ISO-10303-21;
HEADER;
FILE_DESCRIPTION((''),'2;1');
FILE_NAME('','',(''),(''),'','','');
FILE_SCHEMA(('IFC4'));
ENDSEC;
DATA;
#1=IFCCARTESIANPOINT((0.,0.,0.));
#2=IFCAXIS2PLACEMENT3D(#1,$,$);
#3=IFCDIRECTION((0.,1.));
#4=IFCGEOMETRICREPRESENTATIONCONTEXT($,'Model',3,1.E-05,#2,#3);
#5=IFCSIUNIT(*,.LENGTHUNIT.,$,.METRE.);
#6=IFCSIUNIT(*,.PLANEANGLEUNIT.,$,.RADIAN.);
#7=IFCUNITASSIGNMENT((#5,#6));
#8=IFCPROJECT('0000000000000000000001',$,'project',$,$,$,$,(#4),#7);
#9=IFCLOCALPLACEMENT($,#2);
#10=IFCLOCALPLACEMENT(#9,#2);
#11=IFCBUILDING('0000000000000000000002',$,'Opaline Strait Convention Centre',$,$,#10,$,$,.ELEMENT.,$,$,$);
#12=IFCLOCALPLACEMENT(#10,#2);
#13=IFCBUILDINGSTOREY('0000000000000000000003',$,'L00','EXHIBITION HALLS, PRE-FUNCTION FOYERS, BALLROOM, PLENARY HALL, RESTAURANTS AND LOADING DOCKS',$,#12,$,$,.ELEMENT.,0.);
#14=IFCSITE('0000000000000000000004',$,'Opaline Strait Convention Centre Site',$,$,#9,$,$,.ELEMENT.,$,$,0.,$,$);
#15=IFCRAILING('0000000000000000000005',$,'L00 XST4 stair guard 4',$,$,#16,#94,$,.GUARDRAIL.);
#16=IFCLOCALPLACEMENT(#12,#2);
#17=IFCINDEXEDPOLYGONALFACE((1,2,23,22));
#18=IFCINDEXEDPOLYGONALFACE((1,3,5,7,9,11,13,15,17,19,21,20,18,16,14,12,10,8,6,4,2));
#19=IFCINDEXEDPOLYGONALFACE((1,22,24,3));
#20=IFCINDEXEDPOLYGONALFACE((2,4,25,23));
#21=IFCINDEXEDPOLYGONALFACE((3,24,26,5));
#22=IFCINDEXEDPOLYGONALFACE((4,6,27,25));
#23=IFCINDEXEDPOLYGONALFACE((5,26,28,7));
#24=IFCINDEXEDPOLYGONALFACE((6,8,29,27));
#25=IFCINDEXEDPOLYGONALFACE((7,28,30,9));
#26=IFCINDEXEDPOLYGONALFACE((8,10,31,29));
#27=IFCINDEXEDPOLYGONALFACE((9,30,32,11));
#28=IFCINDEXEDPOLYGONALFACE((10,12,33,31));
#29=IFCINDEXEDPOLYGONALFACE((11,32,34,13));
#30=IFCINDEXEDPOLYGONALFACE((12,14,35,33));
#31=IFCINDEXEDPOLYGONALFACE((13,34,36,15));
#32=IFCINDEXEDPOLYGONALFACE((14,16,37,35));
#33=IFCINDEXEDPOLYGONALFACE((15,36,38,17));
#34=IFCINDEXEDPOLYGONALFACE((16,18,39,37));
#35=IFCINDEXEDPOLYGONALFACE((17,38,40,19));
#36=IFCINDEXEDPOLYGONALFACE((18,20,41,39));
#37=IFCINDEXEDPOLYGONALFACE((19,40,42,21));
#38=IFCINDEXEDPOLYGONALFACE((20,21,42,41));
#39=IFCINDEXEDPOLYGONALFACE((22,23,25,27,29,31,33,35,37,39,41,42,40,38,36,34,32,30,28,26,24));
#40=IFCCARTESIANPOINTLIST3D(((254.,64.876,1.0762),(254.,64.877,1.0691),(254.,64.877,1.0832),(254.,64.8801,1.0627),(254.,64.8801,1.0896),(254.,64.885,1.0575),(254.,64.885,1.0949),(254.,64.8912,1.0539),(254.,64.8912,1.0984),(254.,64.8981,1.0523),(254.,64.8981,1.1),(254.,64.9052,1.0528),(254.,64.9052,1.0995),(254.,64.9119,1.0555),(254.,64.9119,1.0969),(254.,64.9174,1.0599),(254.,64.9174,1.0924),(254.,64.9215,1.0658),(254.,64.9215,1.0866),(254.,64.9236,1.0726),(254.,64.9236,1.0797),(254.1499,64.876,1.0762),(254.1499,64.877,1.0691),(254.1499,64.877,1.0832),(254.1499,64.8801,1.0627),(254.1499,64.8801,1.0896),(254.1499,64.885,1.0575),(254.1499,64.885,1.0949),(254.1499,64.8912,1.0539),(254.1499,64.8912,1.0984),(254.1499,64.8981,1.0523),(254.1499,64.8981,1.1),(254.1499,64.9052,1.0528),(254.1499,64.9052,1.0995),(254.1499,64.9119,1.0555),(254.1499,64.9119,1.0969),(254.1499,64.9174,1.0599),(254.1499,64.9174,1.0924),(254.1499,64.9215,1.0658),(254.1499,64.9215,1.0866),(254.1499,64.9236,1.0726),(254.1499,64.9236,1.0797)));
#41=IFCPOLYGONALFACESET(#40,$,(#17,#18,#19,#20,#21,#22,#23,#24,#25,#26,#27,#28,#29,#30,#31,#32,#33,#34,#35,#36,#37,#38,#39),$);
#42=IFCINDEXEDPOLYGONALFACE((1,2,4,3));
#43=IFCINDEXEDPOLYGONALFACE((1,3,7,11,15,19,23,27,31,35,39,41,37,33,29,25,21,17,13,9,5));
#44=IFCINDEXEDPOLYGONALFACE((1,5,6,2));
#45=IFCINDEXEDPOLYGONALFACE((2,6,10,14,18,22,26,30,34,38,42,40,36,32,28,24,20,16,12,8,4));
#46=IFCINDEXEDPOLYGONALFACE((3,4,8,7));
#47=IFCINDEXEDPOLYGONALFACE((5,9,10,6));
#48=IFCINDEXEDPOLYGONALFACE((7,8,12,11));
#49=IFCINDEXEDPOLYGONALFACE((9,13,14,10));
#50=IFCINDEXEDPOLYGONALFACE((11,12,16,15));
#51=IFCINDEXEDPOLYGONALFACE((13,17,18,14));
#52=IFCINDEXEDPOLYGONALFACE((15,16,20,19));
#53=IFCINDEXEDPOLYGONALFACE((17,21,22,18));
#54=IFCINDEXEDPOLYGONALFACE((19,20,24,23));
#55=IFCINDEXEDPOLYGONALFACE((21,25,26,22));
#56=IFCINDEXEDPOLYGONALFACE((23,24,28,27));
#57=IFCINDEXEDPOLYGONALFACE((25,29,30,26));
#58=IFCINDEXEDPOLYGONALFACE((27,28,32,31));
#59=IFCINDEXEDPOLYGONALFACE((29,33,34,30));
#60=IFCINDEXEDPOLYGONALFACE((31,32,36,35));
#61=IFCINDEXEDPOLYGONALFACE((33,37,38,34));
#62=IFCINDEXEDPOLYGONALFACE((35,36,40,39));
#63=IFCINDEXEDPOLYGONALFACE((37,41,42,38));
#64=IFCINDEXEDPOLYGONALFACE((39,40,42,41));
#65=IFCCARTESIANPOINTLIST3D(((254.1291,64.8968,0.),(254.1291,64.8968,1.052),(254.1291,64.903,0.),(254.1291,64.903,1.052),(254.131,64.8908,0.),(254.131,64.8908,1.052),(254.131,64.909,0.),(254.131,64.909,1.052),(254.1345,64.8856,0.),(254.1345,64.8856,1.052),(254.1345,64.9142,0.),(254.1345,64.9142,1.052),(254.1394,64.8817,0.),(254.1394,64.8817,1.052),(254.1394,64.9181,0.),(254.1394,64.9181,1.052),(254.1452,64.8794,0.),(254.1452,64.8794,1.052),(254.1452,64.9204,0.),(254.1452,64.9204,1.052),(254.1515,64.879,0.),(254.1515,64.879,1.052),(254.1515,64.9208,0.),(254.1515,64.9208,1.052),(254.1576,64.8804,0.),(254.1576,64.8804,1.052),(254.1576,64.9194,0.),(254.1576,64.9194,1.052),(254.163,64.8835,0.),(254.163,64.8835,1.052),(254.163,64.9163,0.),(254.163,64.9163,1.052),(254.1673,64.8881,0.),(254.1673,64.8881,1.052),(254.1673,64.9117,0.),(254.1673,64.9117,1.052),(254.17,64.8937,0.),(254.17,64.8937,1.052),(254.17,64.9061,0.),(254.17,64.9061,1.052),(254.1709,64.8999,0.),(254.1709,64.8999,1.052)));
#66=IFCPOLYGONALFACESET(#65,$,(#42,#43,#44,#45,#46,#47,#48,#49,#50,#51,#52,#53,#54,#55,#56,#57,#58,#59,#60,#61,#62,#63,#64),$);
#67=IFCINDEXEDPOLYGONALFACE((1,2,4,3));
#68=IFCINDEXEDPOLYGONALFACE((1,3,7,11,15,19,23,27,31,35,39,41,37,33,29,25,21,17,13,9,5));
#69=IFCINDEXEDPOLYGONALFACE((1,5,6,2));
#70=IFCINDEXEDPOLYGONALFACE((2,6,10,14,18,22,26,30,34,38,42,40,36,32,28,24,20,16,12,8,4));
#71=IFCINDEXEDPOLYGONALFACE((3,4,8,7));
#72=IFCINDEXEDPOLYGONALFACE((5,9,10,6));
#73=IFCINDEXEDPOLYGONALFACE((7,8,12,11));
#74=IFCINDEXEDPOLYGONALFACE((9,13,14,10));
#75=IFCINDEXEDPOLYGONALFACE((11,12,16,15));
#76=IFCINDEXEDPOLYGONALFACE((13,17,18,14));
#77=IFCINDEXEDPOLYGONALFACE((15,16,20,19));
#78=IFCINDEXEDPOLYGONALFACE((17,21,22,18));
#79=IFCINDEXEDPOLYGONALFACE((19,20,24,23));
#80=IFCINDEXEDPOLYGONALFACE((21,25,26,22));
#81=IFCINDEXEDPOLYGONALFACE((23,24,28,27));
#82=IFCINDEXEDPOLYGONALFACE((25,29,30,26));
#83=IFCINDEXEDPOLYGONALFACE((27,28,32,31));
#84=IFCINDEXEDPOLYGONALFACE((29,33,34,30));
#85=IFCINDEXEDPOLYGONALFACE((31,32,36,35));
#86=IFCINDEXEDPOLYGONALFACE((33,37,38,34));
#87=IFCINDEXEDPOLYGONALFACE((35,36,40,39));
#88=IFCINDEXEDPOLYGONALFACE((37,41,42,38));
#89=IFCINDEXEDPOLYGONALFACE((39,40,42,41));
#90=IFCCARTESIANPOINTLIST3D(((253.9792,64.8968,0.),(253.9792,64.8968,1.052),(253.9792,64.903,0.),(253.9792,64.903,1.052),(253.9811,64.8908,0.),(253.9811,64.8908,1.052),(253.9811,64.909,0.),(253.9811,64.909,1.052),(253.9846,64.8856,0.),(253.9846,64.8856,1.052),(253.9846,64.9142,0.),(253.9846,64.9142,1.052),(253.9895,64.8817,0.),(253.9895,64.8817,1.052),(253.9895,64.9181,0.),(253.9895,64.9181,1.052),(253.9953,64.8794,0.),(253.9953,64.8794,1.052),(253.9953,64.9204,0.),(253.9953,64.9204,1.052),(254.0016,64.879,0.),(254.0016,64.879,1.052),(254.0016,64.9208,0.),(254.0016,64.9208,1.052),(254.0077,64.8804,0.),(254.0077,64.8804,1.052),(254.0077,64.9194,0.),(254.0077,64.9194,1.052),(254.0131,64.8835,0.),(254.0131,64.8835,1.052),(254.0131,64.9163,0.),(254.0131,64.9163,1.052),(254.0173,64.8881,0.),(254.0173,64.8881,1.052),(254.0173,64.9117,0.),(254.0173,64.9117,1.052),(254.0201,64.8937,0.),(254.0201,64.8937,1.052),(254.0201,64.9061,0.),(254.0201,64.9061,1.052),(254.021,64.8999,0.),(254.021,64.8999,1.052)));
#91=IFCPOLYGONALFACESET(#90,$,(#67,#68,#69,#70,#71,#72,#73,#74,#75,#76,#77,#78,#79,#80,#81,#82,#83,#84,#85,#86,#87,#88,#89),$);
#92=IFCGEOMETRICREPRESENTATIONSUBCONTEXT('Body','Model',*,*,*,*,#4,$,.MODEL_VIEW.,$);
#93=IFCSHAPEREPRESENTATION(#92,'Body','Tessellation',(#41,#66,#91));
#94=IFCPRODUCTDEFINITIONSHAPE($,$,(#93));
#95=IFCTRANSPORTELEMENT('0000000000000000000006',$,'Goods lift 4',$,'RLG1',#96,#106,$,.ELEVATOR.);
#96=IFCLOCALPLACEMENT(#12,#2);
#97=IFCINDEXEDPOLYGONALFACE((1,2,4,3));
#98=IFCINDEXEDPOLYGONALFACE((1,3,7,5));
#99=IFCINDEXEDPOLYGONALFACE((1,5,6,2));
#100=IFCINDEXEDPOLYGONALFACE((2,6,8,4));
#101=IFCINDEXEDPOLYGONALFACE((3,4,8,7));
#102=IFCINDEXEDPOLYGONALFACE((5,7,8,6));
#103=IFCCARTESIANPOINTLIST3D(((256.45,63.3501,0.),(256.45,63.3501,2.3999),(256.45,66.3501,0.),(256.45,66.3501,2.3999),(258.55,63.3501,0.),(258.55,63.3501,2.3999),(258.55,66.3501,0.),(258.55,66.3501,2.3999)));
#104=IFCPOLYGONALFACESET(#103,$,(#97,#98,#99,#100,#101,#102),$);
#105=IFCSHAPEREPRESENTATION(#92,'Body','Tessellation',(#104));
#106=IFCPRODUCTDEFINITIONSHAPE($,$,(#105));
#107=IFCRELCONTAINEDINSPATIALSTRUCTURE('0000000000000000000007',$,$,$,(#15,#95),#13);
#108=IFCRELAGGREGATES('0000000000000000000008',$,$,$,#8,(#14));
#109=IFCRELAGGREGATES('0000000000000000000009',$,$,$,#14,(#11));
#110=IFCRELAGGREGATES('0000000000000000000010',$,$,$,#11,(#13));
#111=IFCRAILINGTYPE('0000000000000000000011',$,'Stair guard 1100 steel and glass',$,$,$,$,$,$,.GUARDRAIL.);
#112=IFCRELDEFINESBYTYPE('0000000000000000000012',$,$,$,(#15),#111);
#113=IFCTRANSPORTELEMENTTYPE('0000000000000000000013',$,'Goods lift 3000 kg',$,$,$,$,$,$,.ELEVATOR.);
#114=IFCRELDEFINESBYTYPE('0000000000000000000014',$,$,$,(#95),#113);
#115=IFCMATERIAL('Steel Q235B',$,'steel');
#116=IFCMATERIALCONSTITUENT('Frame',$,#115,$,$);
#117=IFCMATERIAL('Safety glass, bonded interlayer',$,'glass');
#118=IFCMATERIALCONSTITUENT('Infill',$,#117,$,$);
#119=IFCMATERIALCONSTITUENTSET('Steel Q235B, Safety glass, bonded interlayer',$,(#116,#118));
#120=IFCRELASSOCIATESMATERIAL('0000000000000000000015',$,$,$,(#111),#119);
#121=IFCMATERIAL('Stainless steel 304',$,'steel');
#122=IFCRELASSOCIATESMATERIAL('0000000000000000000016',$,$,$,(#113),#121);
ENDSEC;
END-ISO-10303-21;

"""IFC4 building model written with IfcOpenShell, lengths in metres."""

from ifc_helpers import new_model, si_unit, direction, frame, origin, origin_2d, place, context, subcontext, project, spatial, rectangle, circle, extrude, material, constituent, constituent_set, type_object, element, save


model = new_model("IFC4")

# Units and contexts
model_context = context("Model", 3, precision=1e-05, world=origin(), true_north=direction((0.0, 1.0)))
body_context = subcontext(model_context, "Body", "Model", "MODEL_VIEW")
ifc_project = project(units=[si_unit("LENGTHUNIT", "METRE"), si_unit("PLANEANGLEUNIT", "RADIAN")], contexts=[model_context])

# Site, building, storey
site_placement = place(None, origin())
site = spatial("IfcSite", under=ifc_project, at=site_placement, Name="Opaline Strait Convention Centre Site", CompositionType="ELEMENT", RefElevation=0.0)
building_placement = place(site_placement, origin())
building = spatial("IfcBuilding", under=site, at=building_placement, Name="Opaline Strait Convention Centre", CompositionType="ELEMENT")
storey_placement = place(building_placement, origin())
storey = spatial("IfcBuildingStorey", under=building, at=storey_placement, Name="L00", Description="EXHIBITION HALLS, PRE-FUNCTION FOYERS, BALLROOM, PLENARY HALL, RESTAURANTS AND LOADING DOCKS", CompositionType="ELEMENT", Elevation=0.0)

# Railing
ifc_material_1 = material(Name="Steel Q235B", Category="steel")
ifc_constituent_1 = constituent(ifc_material_1, Name="Frame")
ifc_material_2 = material(Name="Safety glass, bonded interlayer", Category="glass")
ifc_constituent_2 = constituent(ifc_material_2, Name="Infill")
ifc_constituent_set = constituent_set(constituents=[ifc_constituent_1, ifc_constituent_2], Name="Steel Q235B, Safety glass, bonded interlayer")
railing_type_1 = type_object("IfcRailingType", Name="Stair guard 1100 steel and glass", PredefinedType="GUARDRAIL", material=ifc_constituent_set)
railing_1_placement = place(storey_placement, frame((254.1499, 64.8999, 0.0)))
element("IfcRailing", 1, at=railing_1_placement, inside=storey, type_object=railing_type_1, Name="L00 XST4 stair guard 4", PredefinedType="GUARDRAIL", context=body_context, shape_type="SweptSolid", body=[
    extrude(circle(Radius=0.0239, at=origin_2d()), frame((0.0, 0.0, 1.0762), z_axis=(-1.0, 0.0, 0.0), x_axis=(0.0, -1.0, 0.0)), (0.0, 0.0, 1.0), 0.1499),
    extrude(circle(Radius=0.021, at=origin_2d()), origin(), (0.0, 0.0, 1.0), 1.052),
    extrude(circle(Radius=0.021, at=origin_2d()), frame((-0.1499, 0.0, 0.0)), (0.0, 0.0, 1.0), 1.052),
])
ifc_material_3 = material(Name="Stainless steel 304", Category="steel")

# Transport element
transport_element_type = type_object("IfcTransportElementType", Name="Goods lift 3000 kg", PredefinedType="ELEVATOR", material=ifc_material_3)
transport_element_placement = place(storey_placement, frame((257.5, 64.8501, 0.0), z_axis=(0.0, 0.0, 1.0), x_axis=(1.0, 0.0, 0.0)))
element("IfcTransportElement", 2, at=transport_element_placement, inside=storey, type_object=transport_element_type, Name="Goods lift 4", ObjectType="RLG1", PredefinedType="ELEVATOR", context=body_context, shape_type="SweptSolid", body=[
    extrude(rectangle(XDim=2.1001, YDim=3.0, at=origin_2d()), origin(), (0.0, 0.0, 1.0), 2.3999),
])

save(model, "model.ifc")
